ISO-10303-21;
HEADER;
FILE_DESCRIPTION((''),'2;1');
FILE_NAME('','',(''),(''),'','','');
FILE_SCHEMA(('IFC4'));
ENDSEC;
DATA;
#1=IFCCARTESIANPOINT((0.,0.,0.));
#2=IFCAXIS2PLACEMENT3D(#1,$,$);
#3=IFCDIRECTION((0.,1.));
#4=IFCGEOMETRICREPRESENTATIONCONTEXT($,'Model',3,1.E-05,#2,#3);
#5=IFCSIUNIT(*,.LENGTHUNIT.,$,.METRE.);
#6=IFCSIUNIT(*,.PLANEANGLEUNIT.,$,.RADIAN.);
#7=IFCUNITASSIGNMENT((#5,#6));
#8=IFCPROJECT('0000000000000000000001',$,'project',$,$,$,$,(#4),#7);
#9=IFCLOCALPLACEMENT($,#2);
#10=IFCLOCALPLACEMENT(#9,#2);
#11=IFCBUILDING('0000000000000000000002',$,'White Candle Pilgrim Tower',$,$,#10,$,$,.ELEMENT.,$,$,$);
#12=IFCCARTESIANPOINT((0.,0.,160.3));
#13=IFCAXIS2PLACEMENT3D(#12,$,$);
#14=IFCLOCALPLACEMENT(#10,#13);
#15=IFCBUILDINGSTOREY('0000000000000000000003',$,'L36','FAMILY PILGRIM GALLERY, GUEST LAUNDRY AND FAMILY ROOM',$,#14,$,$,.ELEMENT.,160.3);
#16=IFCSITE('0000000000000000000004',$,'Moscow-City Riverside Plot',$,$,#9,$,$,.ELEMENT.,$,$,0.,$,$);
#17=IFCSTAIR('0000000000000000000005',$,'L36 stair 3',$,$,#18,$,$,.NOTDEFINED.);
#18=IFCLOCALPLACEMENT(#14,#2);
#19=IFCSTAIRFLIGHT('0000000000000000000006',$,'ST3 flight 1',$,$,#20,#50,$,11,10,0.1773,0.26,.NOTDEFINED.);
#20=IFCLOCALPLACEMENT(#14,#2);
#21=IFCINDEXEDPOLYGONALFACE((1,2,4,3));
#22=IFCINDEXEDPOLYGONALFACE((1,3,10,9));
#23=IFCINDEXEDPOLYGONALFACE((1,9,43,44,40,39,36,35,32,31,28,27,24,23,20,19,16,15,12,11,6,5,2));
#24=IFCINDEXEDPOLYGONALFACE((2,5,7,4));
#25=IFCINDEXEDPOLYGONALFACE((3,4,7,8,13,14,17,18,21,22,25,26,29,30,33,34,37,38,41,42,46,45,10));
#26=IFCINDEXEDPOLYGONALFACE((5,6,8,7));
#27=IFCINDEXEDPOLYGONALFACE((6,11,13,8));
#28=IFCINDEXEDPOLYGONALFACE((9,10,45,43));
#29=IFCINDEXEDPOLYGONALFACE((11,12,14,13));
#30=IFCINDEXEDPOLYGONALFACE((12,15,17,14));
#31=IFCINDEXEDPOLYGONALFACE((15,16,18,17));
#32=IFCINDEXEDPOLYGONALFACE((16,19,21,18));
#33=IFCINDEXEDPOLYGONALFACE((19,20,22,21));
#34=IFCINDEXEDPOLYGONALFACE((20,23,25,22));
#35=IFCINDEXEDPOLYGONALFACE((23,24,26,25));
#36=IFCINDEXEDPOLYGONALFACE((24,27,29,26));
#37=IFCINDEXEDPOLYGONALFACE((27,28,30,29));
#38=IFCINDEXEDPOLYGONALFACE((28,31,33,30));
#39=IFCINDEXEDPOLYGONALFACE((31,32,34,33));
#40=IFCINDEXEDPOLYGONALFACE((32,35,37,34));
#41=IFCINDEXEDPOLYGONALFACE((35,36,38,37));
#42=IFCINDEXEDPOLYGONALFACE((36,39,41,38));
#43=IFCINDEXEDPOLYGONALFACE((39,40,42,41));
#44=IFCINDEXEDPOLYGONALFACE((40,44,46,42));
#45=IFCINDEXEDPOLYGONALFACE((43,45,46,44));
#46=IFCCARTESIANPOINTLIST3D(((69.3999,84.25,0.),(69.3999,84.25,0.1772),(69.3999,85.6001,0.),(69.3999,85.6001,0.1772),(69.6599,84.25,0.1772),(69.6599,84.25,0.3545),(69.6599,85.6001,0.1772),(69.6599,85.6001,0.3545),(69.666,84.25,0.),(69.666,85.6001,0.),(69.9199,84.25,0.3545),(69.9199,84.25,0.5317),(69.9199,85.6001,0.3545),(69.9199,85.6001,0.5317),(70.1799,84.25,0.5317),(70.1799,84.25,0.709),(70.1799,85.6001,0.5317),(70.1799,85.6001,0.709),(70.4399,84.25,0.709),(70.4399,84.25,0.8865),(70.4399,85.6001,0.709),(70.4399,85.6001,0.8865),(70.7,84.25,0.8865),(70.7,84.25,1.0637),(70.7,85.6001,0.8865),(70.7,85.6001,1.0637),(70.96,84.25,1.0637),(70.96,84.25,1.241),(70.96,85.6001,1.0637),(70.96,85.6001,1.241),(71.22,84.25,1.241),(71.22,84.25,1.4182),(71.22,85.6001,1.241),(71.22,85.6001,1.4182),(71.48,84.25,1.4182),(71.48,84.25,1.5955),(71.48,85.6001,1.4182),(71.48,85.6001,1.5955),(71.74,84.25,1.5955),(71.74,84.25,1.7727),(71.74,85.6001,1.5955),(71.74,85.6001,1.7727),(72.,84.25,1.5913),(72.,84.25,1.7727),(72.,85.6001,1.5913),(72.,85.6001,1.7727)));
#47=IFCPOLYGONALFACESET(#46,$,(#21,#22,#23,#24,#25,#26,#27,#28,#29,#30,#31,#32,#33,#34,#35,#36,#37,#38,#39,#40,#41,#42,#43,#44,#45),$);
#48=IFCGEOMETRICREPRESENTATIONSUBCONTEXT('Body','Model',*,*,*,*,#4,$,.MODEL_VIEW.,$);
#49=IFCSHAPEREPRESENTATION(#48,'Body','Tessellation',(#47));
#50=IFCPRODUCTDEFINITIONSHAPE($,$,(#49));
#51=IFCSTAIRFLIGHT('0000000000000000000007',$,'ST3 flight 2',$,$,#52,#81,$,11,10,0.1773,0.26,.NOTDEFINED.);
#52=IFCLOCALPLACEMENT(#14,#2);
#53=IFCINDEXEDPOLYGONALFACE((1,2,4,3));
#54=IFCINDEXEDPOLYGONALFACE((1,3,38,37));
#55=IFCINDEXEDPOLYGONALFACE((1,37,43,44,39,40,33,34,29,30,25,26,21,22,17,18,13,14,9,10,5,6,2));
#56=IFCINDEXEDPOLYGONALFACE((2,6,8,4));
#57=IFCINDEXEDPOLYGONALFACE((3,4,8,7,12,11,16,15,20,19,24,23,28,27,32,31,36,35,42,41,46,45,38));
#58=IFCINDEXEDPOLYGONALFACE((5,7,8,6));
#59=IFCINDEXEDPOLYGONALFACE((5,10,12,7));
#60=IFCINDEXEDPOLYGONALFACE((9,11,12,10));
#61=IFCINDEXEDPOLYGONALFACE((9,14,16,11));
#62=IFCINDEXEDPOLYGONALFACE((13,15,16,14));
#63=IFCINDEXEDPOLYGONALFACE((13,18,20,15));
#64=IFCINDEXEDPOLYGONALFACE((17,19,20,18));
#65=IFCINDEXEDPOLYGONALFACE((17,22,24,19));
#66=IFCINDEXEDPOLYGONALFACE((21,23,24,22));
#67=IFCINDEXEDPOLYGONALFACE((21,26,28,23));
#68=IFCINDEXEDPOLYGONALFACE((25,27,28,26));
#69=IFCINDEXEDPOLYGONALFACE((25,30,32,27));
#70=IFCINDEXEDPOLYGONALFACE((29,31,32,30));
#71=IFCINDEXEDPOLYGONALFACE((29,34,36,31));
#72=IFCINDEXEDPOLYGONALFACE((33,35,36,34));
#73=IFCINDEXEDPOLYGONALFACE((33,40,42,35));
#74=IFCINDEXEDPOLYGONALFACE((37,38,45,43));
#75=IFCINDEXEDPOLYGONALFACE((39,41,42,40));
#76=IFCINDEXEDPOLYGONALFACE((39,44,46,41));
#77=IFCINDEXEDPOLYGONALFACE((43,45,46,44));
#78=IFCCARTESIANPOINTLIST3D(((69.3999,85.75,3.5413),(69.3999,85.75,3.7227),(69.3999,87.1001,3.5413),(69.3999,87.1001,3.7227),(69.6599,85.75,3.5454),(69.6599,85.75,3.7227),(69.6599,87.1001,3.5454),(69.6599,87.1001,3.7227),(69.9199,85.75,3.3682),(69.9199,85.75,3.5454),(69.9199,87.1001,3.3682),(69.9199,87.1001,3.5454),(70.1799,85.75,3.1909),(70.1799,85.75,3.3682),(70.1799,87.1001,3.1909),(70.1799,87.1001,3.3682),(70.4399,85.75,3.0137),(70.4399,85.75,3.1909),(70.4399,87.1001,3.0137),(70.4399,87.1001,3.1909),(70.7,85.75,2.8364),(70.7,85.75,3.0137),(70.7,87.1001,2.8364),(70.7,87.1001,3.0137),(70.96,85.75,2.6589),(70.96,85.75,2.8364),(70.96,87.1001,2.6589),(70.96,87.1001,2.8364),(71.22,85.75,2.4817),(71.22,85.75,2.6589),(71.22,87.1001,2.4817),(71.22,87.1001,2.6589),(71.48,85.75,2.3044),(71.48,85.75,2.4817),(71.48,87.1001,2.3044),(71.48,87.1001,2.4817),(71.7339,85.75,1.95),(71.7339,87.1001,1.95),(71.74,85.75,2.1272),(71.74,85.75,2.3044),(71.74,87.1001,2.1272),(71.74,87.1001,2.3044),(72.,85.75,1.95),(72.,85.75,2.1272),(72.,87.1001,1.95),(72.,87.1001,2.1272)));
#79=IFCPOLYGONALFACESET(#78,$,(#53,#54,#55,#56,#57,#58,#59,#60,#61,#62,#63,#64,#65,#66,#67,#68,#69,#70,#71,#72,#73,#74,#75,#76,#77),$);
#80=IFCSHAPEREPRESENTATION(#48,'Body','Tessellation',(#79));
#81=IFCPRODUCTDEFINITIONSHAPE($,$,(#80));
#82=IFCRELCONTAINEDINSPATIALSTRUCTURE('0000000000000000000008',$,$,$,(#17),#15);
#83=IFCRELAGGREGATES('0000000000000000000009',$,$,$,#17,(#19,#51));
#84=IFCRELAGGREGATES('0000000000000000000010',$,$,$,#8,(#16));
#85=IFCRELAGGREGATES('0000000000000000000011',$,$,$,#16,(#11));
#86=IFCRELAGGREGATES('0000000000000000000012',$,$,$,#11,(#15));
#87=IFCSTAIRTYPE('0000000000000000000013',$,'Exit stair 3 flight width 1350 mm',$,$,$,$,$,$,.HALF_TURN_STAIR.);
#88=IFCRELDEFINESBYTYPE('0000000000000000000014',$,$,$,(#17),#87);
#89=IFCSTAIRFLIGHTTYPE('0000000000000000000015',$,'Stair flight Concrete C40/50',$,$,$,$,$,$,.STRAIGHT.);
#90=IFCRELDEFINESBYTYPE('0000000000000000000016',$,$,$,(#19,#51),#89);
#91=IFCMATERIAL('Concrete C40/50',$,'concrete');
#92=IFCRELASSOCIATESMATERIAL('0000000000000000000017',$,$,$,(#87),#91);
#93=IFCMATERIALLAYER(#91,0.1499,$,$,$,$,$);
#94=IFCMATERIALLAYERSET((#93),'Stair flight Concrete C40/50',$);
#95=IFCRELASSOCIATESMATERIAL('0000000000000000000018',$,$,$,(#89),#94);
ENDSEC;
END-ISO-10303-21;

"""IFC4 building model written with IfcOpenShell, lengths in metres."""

from ifc_helpers import new_model, si_unit, direction, frame, origin, place, context, subcontext, project, spatial, polyline, outline, extrude, material, layer, layer_set, type_object, element, aggregate, save


model = new_model("IFC4")

# Units and contexts
model_context = context("Model", 3, precision=1e-05, world=origin(), true_north=direction((0.0, 1.0)))
body_context = subcontext(model_context, "Body", "Model", "MODEL_VIEW")
ifc_project = project(units=[si_unit("LENGTHUNIT", "METRE"), si_unit("PLANEANGLEUNIT", "RADIAN")], contexts=[model_context])

# Site, building, storey
site_placement = place(None, origin())
site = spatial("IfcSite", under=ifc_project, at=site_placement, Name="Moscow-City Riverside Plot", CompositionType="ELEMENT", RefElevation=0.0)
building_placement = place(site_placement, origin())
building = spatial("IfcBuilding", under=site, at=building_placement, Name="White Candle Pilgrim Tower", CompositionType="ELEMENT")
storey_placement = place(building_placement, frame((0.0, 0.0, 160.3)))
storey = spatial("IfcBuildingStorey", under=building, at=storey_placement, Name="L36", Description="FAMILY PILGRIM GALLERY, GUEST LAUNDRY AND FAMILY ROOM", CompositionType="ELEMENT", Elevation=160.3)

# Stair, stair flights
ifc_material_1 = material(Name="Concrete C40/50", Category="concrete")
stair_type = type_object("IfcStairType", Name="Exit stair 3 flight width 1350 mm", PredefinedType="HALF_TURN_STAIR", material=ifc_material_1)
stair_placement = place(storey_placement, origin())
stair = element("IfcStair", 1, at=stair_placement, inside=storey, type_object=stair_type, Name="L36 stair 3", PredefinedType="NOTDEFINED")
ifc_layer_1 = layer(ifc_material_1, 0.1499)
ifc_layer_set_1 = layer_set([ifc_layer_1], Name="Stair flight Concrete C40/50")
stair_flight_type = type_object("IfcStairFlightType", Name="Stair flight Concrete C40/50", PredefinedType="STRAIGHT", material=ifc_layer_set_1)
stair_flight_1_placement = place(storey_placement, frame((69.3999, 84.925, 0.0), z_axis=(0.0, 0.0, 1.0), x_axis=(1.0, 0.0, 0.0)))
stair_flight_1 = element("IfcStairFlight", 2, at=stair_flight_1_placement, type_object=stair_flight_type, Name="ST3 flight 1", NumberOfRisers=11, NumberOfTreads=10, PredefinedType="NOTDEFINED", RiserHeight=0.1773, TreadLength=0.26, context=body_context, shape_type="SweptSolid", body=[
    extrude(outline(polyline([(0.0, 0.0), (0.0, 0.1772), (0.26, 0.1772), (0.26, 0.3545), (0.52, 0.3545), (0.52, 0.5317), (0.78, 0.5317), (0.78, 0.709), (1.04, 0.709), (1.04, 0.8865), (1.3, 0.8865), (1.3, 1.0637), (1.5601, 1.0637), (1.5601, 1.241), (1.8201, 1.241), (1.8201, 1.4182), (2.0801, 1.4182), (2.0801, 1.5955), (2.3401, 1.5955), (2.3401, 1.7727), (2.6001, 1.7727), (2.6001, 1.95), (2.6001, 1.5913), (0.2661, 0.0), (0.0, 0.0)])), frame((0.0, 0.675, 0.0), z_axis=(0.0, -1.0, 0.0), x_axis=(1.0, 0.0, 0.0)), (0.0, 0.0, 1.0), 1.3501),
])
stair_flight_2_placement = place(storey_placement, frame((72.0, 86.425, 1.95), z_axis=(0.0, 0.0, 1.0), x_axis=(-1.0, 0.0, 0.0)))
stair_flight_2 = element("IfcStairFlight", 3, at=stair_flight_2_placement, type_object=stair_flight_type, Name="ST3 flight 2", NumberOfRisers=11, NumberOfTreads=10, PredefinedType="NOTDEFINED", RiserHeight=0.1773, TreadLength=0.26, context=body_context, shape_type="SweptSolid", body=[
    extrude(outline(polyline([(0.0, 0.0), (0.0, 0.1772), (0.26, 0.1772), (0.26, 0.3545), (0.52, 0.3545), (0.52, 0.5317), (0.78, 0.5317), (0.78, 0.709), (1.04, 0.709), (1.04, 0.8865), (1.3, 0.8865), (1.3, 1.0637), (1.5601, 1.0637), (1.5601, 1.241), (1.8201, 1.241), (1.8201, 1.4182), (2.0801, 1.4182), (2.0801, 1.5955), (2.3401, 1.5955), (2.3401, 1.7727), (2.6001, 1.7727), (2.6001, 1.95), (2.6001, 1.5913), (0.2661, 0.0), (0.0, 0.0)])), frame((0.0, 0.675, 0.0), z_axis=(0.0, -1.0, 0.0), x_axis=(1.0, 0.0, 0.0)), (0.0, 0.0, 1.0), 1.3501),
])
aggregate(stair, [stair_flight_1, stair_flight_2])

save(model, "model.ifc")
